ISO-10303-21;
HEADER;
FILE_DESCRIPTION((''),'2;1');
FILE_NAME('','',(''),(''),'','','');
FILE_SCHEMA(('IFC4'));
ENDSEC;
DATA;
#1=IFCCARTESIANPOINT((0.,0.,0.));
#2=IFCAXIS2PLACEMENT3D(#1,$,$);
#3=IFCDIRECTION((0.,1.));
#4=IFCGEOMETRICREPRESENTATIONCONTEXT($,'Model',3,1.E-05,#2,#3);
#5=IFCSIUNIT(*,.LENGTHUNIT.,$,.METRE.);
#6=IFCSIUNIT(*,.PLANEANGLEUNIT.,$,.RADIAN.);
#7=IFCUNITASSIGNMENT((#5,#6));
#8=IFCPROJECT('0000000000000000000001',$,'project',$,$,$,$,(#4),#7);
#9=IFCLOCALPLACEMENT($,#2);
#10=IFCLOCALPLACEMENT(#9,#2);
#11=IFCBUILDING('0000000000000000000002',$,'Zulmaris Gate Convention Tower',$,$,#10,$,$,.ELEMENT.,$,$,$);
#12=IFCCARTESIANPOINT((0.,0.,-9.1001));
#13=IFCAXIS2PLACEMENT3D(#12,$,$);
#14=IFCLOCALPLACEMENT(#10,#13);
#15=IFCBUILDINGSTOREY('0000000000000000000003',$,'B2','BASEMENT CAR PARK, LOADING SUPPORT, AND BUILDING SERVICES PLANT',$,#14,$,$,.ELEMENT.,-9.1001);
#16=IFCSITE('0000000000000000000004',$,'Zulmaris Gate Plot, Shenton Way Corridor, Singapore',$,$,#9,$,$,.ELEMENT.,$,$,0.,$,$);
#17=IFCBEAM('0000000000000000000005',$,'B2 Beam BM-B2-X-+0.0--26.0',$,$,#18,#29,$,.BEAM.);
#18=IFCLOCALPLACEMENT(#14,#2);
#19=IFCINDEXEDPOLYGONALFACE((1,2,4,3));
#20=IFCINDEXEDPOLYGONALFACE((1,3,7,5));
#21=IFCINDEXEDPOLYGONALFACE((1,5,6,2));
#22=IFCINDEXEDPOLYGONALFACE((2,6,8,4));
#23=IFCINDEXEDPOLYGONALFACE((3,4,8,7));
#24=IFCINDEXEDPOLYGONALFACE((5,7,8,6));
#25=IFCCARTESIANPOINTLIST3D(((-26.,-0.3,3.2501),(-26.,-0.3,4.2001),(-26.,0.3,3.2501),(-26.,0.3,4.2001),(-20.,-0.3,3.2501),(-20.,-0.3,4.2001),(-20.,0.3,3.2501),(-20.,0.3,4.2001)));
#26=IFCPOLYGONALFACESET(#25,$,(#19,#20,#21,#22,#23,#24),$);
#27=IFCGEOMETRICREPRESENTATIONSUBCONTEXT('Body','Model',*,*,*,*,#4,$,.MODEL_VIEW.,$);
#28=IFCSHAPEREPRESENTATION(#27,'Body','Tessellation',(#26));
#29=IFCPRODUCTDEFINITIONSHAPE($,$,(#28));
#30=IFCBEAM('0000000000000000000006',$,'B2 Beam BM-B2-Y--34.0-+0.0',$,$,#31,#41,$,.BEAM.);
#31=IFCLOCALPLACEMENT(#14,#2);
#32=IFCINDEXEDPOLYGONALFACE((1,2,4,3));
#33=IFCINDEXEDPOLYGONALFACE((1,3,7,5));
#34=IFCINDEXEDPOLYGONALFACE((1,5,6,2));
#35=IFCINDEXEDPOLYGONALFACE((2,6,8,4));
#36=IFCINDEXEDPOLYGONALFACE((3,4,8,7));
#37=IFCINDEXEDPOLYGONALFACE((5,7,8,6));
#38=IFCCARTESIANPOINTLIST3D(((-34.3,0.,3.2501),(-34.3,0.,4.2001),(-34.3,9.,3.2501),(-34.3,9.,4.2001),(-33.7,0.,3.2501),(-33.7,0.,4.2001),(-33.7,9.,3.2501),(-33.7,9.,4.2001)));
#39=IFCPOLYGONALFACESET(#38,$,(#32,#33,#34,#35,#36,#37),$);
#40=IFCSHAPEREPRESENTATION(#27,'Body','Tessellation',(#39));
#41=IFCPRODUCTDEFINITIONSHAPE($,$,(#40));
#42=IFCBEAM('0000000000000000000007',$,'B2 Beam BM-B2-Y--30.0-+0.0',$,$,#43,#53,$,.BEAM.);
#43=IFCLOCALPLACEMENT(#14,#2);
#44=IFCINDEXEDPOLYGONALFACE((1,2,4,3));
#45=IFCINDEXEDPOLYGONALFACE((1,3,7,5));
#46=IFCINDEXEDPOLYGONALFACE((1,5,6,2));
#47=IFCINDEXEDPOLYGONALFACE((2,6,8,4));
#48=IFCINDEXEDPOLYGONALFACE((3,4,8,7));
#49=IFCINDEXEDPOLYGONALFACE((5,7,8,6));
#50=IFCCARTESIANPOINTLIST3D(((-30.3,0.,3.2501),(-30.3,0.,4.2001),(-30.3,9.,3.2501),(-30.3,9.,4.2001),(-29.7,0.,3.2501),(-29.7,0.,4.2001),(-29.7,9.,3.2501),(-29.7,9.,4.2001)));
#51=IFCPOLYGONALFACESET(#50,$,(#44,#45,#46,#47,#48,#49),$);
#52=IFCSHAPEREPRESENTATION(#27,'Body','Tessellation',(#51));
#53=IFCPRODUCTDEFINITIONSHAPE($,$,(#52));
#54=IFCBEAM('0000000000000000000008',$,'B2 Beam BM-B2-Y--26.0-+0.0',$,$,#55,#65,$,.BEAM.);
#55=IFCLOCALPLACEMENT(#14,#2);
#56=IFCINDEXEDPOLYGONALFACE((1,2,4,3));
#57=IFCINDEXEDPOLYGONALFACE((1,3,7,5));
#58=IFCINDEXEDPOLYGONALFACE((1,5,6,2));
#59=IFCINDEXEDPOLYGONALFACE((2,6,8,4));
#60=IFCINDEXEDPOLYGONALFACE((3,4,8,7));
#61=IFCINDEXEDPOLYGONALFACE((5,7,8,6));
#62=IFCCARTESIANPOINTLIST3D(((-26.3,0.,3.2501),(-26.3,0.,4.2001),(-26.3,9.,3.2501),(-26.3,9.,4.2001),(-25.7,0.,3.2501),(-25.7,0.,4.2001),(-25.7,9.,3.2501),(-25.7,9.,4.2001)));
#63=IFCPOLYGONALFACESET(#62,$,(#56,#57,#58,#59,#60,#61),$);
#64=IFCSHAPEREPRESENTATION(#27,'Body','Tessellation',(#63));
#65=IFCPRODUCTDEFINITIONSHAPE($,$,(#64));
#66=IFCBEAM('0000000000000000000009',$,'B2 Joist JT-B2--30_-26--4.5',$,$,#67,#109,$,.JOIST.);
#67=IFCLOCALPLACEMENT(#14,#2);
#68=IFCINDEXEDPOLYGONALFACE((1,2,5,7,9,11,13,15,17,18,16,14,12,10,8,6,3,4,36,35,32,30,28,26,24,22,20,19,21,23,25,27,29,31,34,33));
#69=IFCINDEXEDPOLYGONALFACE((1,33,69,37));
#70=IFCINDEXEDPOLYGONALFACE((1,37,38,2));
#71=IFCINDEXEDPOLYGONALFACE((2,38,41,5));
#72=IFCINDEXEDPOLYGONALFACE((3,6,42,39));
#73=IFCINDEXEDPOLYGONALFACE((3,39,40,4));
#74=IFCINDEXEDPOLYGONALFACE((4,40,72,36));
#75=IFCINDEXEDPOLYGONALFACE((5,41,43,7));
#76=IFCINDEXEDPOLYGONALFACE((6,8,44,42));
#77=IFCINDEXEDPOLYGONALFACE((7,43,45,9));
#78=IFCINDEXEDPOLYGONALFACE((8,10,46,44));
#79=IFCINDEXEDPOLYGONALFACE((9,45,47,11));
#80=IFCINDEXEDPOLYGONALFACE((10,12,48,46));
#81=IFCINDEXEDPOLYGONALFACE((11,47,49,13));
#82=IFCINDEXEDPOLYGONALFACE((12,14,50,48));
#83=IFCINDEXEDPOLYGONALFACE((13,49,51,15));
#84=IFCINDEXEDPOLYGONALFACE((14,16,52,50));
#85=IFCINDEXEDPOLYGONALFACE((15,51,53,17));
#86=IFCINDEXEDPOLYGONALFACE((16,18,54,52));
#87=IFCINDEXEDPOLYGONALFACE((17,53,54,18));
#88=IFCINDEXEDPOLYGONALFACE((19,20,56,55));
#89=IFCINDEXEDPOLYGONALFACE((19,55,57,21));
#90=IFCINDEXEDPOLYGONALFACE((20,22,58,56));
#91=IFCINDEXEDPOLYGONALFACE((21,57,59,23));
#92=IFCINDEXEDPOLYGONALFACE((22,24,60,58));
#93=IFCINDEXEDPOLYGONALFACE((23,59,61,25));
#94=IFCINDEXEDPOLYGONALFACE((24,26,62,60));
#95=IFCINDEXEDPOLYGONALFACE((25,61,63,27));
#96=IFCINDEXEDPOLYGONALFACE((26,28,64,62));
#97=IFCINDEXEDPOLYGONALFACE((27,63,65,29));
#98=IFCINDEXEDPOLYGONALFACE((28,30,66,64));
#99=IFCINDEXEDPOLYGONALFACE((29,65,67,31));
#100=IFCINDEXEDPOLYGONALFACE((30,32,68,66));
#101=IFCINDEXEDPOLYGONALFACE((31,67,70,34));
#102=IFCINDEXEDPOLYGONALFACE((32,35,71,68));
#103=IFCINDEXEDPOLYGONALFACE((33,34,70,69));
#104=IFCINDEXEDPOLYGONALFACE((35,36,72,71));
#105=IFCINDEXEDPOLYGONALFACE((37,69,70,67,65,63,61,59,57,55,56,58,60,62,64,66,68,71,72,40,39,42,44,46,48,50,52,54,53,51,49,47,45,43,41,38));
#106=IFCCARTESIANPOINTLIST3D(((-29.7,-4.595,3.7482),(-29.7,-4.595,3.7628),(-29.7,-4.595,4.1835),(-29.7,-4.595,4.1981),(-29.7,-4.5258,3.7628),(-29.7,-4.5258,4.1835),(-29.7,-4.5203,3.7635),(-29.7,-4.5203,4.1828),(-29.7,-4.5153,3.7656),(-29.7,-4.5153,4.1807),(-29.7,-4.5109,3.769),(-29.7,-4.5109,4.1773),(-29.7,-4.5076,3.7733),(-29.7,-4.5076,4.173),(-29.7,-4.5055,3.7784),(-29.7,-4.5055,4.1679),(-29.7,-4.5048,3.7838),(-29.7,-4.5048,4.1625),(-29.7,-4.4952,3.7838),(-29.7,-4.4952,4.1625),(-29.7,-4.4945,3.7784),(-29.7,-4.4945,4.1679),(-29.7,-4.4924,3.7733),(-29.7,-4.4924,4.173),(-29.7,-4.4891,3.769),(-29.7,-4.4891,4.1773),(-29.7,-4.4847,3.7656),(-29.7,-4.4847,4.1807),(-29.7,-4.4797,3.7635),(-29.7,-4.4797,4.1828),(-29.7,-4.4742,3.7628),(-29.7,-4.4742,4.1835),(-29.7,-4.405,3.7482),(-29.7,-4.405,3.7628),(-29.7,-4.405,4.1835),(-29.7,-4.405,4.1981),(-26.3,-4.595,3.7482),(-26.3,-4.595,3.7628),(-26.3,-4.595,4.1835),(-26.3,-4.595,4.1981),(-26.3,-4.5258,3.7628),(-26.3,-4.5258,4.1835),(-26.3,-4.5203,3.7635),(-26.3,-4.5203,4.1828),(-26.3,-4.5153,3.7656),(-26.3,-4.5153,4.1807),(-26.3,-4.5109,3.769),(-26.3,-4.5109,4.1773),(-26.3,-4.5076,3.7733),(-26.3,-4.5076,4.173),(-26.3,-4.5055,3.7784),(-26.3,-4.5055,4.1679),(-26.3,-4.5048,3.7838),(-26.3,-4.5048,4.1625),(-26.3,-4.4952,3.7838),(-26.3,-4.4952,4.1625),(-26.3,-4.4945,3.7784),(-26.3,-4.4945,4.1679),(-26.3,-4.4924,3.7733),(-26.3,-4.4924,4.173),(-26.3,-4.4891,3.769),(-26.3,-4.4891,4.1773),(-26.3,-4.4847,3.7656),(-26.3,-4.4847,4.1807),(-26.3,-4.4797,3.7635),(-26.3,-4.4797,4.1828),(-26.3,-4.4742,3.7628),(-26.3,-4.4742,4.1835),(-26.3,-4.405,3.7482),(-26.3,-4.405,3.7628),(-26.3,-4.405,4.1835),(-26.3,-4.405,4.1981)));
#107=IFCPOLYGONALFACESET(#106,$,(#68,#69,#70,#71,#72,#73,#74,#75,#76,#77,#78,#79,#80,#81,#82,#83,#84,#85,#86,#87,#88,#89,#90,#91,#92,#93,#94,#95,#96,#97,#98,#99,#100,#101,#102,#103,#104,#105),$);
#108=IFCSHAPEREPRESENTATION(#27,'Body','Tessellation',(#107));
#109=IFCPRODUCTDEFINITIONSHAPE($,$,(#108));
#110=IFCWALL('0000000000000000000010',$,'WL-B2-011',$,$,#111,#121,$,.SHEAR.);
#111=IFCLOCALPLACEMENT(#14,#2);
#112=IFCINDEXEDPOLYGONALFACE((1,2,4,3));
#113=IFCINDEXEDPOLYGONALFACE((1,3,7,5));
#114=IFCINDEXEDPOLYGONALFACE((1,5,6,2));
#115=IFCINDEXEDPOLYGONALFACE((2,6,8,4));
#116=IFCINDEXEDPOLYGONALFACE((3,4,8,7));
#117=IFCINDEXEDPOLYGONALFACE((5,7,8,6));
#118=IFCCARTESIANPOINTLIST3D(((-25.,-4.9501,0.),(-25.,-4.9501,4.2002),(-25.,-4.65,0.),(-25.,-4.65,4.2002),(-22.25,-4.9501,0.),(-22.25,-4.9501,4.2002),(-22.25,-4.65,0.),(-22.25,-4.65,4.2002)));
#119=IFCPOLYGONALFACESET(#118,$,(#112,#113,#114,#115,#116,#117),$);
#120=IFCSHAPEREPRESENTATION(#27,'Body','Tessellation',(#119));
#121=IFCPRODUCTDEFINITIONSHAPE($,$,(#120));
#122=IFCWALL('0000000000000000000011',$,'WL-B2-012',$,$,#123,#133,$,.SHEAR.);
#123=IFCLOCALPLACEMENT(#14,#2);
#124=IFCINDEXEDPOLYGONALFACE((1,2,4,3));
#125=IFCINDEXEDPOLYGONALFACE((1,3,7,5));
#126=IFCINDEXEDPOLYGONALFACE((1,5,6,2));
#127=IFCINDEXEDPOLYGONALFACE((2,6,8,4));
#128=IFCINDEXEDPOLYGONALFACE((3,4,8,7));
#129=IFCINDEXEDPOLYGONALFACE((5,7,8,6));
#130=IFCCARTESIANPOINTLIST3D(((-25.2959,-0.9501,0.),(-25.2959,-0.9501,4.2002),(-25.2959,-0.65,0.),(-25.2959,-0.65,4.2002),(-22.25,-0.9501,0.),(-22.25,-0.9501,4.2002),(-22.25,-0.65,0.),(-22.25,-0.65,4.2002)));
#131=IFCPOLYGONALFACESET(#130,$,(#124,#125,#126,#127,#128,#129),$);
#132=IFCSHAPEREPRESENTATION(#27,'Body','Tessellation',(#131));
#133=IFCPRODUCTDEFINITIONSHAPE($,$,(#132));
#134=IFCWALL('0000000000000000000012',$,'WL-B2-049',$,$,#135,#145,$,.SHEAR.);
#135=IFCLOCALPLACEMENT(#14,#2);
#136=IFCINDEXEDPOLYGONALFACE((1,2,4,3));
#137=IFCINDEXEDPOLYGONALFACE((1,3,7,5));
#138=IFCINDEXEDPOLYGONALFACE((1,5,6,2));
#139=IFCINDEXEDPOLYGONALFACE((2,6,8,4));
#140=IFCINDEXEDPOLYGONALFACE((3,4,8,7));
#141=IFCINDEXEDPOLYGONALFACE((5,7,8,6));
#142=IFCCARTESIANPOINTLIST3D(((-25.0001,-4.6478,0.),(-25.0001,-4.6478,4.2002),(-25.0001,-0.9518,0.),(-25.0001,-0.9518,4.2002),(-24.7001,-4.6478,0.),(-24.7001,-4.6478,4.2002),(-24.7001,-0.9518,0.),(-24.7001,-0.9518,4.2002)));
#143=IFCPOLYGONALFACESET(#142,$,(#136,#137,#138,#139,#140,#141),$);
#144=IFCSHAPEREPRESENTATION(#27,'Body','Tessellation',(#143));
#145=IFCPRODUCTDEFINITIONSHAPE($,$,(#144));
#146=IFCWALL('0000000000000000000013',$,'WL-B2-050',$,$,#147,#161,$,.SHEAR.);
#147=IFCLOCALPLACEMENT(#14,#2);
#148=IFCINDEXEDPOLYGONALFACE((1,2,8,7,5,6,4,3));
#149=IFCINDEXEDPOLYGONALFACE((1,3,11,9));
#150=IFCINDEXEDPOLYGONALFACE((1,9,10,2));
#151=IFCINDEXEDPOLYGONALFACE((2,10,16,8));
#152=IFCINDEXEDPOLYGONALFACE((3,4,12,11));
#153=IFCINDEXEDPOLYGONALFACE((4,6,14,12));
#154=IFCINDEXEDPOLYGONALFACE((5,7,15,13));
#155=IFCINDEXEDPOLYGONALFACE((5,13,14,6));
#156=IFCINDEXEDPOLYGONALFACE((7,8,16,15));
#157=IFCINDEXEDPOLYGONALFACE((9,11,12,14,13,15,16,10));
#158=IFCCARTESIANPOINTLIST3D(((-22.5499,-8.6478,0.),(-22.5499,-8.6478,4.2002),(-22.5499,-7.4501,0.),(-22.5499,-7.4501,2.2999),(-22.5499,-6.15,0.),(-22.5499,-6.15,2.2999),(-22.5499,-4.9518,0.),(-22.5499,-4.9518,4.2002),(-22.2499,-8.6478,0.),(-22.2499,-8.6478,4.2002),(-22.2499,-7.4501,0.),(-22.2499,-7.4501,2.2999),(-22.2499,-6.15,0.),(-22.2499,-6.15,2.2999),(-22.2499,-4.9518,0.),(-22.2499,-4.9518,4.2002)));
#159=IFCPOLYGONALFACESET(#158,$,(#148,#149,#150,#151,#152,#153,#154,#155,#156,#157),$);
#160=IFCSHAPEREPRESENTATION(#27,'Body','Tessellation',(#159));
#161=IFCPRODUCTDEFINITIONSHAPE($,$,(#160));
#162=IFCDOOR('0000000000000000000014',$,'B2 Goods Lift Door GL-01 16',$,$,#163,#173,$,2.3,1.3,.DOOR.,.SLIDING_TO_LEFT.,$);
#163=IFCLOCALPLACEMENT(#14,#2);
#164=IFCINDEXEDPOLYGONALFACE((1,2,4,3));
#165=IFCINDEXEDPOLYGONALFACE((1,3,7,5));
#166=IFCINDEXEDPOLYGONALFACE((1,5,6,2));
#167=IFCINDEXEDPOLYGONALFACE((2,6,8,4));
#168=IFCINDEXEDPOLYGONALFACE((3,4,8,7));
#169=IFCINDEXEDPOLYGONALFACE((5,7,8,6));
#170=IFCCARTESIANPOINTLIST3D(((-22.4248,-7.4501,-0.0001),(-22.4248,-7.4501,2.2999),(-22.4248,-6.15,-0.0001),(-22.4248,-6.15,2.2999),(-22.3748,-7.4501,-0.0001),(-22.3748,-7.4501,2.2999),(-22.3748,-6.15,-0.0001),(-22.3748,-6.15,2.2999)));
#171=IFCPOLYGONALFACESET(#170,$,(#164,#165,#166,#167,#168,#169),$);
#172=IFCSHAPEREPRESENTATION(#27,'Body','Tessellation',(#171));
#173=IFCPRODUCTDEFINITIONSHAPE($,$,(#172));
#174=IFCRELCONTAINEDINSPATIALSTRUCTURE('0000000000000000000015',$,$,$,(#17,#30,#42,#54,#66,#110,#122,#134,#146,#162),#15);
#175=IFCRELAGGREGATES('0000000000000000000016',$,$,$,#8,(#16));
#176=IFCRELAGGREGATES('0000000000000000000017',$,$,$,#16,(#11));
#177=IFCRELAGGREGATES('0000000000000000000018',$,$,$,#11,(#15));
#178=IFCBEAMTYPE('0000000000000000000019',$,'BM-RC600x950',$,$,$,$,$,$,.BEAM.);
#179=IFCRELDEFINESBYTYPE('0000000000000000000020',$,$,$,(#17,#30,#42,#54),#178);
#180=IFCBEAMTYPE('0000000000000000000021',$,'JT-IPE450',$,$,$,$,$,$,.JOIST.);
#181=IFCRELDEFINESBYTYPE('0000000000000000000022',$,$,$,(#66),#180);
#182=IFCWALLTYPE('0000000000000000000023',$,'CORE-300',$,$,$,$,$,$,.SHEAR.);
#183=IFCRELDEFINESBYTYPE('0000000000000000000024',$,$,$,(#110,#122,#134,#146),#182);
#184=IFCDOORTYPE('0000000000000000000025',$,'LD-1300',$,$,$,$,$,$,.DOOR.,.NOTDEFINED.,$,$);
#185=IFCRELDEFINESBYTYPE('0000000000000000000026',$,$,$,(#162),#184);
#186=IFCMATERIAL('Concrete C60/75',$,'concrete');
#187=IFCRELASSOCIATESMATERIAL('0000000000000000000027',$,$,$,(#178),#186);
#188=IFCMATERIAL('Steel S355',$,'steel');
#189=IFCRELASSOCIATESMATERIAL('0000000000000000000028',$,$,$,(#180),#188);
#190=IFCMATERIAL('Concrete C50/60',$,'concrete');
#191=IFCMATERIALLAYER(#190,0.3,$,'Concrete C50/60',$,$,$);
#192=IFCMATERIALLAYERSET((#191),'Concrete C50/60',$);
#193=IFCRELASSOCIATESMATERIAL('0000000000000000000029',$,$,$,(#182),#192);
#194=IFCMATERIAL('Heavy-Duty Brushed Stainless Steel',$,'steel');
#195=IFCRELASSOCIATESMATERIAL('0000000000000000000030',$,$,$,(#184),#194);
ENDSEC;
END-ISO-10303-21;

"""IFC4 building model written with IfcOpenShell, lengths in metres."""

from ifc_helpers import new_model, si_unit, direction, frame, frame_2d, origin, origin_2d, place, context, subcontext, project, spatial, rectangle, i_section, extrude, material, layer, layer_set, material_profile, profile_set, type_object, element, fill, save


model = new_model("IFC4")

# Units and contexts
model_context = context("Model", 3, precision=1e-05, world=origin(), true_north=direction((0.0, 1.0)))
body_context = subcontext(model_context, "Body", "Model", "MODEL_VIEW")
ifc_project = project(units=[si_unit("LENGTHUNIT", "METRE"), si_unit("PLANEANGLEUNIT", "RADIAN")], contexts=[model_context])

# Site, building, storey
site_placement = place(None, origin())
site = spatial("IfcSite", under=ifc_project, at=site_placement, Name="Zulmaris Gate Plot, Shenton Way Corridor, Singapore", CompositionType="ELEMENT", RefElevation=0.0)
building_placement = place(site_placement, origin())
building = spatial("IfcBuilding", under=site, at=building_placement, Name="Zulmaris Gate Convention Tower", CompositionType="ELEMENT")
storey_placement = place(building_placement, frame((0.0, 0.0, -9.1001)))
storey = spatial("IfcBuildingStorey", under=building, at=storey_placement, Name="B2", Description="BASEMENT CAR PARK, LOADING SUPPORT, AND BUILDING SERVICES PLANT", CompositionType="ELEMENT", Elevation=-9.1001)

# Shared definitions
ifc_material_1 = material(Name="Concrete C50/60", Category="concrete")

# Beams
ifc_material_2 = material(Name="Concrete C60/75", Category="concrete")
ifc_material_profile_1 = material_profile(ifc_material_2, rectangle(XDim=0.6001, YDim=0.95, at=origin_2d()), Name="RC BEAM 600x950")
ifc_profile_set_1 = profile_set([ifc_material_profile_1], Name="Concrete C60/75")
beam_type_1 = type_object("IfcBeamType", Name="BM-RC600x950", PredefinedType="BEAM", material=ifc_profile_set_1)
beam_1_placement = place(storey_placement, frame((-26.0, 0.0, 3.7251), z_axis=(1.0, 0.0, 0.0), x_axis=(0.0, 1.0, 0.0)))
element("IfcBeam", 1, at=beam_1_placement, inside=storey, type_object=beam_type_1, Name="B2 Beam BM-B2-X-+0.0--26.0", PredefinedType="BEAM", context=body_context, shape_type="SweptSolid", body=[
    extrude(rectangle(XDim=0.6001, YDim=0.95, at=origin_2d()), origin(), (0.0, 0.0, 1.0), 6.0),
])
for number, where, z_axis, x_axis, name in (
    (2, (-34.0, 0.0, 3.7251), (0.0, 1.0, 0.0), (-1.0, 0.0, 0.0), "B2 Beam BM-B2-Y--34.0-+0.0"),
    (3, (-30.0, 0.0, 3.7251), (0.0, 1.0, 0.0), (-1.0, 0.0, 0.0), "B2 Beam BM-B2-Y--30.0-+0.0"),
    (4, (-26.0, 0.0, 3.7251), (0.0, 1.0, 0.0), (-1.0, 0.0, 0.0), "B2 Beam BM-B2-Y--26.0-+0.0"),
):
    element("IfcBeam", number, at=place(storey_placement, frame(where, z_axis=z_axis, x_axis=x_axis)), inside=storey, type_object=beam_type_1, Name=name, PredefinedType="BEAM", context=body_context, shape_type="SweptSolid", body=[
        extrude(rectangle(XDim=0.6001, YDim=0.95, at=origin_2d()), origin(), (0.0, 0.0, 1.0), 9.0),
    ])
ifc_material_3 = material(Name="Steel S355", Category="steel")
ifc_material_profile_2 = material_profile(ifc_material_3, i_section(OverallWidth=0.1899, OverallDepth=0.45, WebThickness=0.0095, FlangeThickness=0.0146, FilletRadius=0.021, at=origin_2d()), Name="IPE 450")
ifc_profile_set_2 = profile_set([ifc_material_profile_2], Name="Steel S355")
beam_type_2 = type_object("IfcBeamType", Name="JT-IPE450", PredefinedType="JOIST", material=ifc_profile_set_2)
beam_2_placement = place(storey_placement, frame((-29.7, -4.5, 3.9731), z_axis=(1.0, 0.0, 0.0), x_axis=(0.0, 1.0, 0.0)))
element("IfcBeam", 5, at=beam_2_placement, inside=storey, type_object=beam_type_2, Name="B2 Joist JT-B2--30_-26--4.5", PredefinedType="JOIST", context=body_context, shape_type="SweptSolid", body=[
    extrude(i_section(OverallWidth=0.1899, OverallDepth=0.45, WebThickness=0.0095, FlangeThickness=0.0146, FilletRadius=0.021, at=origin_2d()), origin(), (0.0, 0.0, 1.0), 3.3999),
])

# Walls
ifc_layer_1 = layer(ifc_material_1, 0.3, Name="Concrete C50/60")
ifc_layer_set_1 = layer_set([ifc_layer_1], Name="Concrete C50/60")
wall_type_1 = type_object("IfcWallType", Name="CORE-300", PredefinedType="SHEAR", material=ifc_layer_set_1)
wall_1_placement = place(storey_placement, frame((-25.0, -4.8, 0.0), z_axis=(0.0, 0.0, 1.0), x_axis=(1.0, 0.0, 0.0)))
element("IfcWall", 6, at=wall_1_placement, inside=storey, type_object=wall_type_1, Name="WL-B2-011", PredefinedType="SHEAR", context=body_context, shape_type="SweptSolid", body=[
    extrude(rectangle(XDim=2.75, YDim=0.3, at=frame_2d((1.375, 0.0))), origin(), (0.0, 0.0, 1.0), 4.2002),
])
wall_2_placement = place(storey_placement, frame((-25.2959, -0.8, 0.0), z_axis=(0.0, 0.0, 1.0), x_axis=(1.0, 0.0, 0.0)))
element("IfcWall", 7, at=wall_2_placement, inside=storey, type_object=wall_type_1, Name="WL-B2-012", PredefinedType="SHEAR", context=body_context, shape_type="SweptSolid", body=[
    extrude(rectangle(XDim=3.0459, YDim=0.3, at=frame_2d((1.5229, 0.0))), origin(), (0.0, 0.0, 1.0), 4.2002),
])
wall_3_placement = place(storey_placement, frame((-24.8501, -4.6479, 0.0), z_axis=(0.0, 0.0, 1.0), x_axis=(0.0, 1.0, 0.0)))
element("IfcWall", 8, at=wall_3_placement, inside=storey, type_object=wall_type_1, Name="WL-B2-049", PredefinedType="SHEAR", context=body_context, shape_type="SweptSolid", body=[
    extrude(rectangle(XDim=3.696, YDim=0.3, at=frame_2d((1.8481, 0.0))), origin(), (0.0, 0.0, 1.0), 4.2002),
])

# Wall, opening, door
wall_4_placement = place(storey_placement, frame((-22.3999, -8.6479, 0.0), z_axis=(0.0, 0.0, 1.0), x_axis=(0.0, 1.0, 0.0)))
wall_4 = element("IfcWall", 9, at=wall_4_placement, inside=storey, type_object=wall_type_1, Name="WL-B2-050", PredefinedType="SHEAR", context=body_context, shape_type="SweptSolid", body=[
    extrude(rectangle(XDim=3.696, YDim=0.3, at=frame_2d((1.8481, 0.0))), origin(), (0.0, 0.0, 1.0), 4.2002),
])
opening_1_placement = place(wall_4_placement, frame((1.198, 0.0, 0.0)))
opening_1 = element("IfcOpeningElement", 10, at=opening_1_placement, cuts=wall_4, PredefinedType="OPENING", context=body_context, shape_type="SweptSolid", body=[
    extrude(rectangle(XDim=1.3, YDim=2.3, at=frame_2d((0.6499, 1.1499))), frame((0.0, 0.1602, 0.0), z_axis=(0.0, -1.0, 0.0), x_axis=(1.0, 0.0, 0.0)), (0.0, 0.0, 1.0), 0.3201),
])
ifc_material_4 = material(Name="Heavy-Duty Brushed Stainless Steel", Category="steel")
door_type_1 = type_object("IfcDoorType", Name="LD-1300", OperationType="NOTDEFINED", PredefinedType="DOOR", material=ifc_material_4)
door_1_placement = place(opening_1_placement, origin())
door_1 = element("IfcDoor", 11, at=door_1_placement, inside=storey, type_object=door_type_1, Name="B2 Goods Lift Door GL-01 16", OperationType="SLIDING_TO_LEFT", OverallHeight=2.3, OverallWidth=1.3, PredefinedType="DOOR", context=body_context, shape_type="SweptSolid", body=[
    extrude(rectangle(XDim=1.3, YDim=2.3, at=frame_2d((0.6499, 1.1499))), frame((0.0, 0.0249, 0.0), z_axis=(0.0, -1.0, 0.0), x_axis=(1.0, 0.0, 0.0)), (0.0, 0.0, 1.0), 0.05),
])
fill(opening_1, door_1)

save(model, "model.ifc")
